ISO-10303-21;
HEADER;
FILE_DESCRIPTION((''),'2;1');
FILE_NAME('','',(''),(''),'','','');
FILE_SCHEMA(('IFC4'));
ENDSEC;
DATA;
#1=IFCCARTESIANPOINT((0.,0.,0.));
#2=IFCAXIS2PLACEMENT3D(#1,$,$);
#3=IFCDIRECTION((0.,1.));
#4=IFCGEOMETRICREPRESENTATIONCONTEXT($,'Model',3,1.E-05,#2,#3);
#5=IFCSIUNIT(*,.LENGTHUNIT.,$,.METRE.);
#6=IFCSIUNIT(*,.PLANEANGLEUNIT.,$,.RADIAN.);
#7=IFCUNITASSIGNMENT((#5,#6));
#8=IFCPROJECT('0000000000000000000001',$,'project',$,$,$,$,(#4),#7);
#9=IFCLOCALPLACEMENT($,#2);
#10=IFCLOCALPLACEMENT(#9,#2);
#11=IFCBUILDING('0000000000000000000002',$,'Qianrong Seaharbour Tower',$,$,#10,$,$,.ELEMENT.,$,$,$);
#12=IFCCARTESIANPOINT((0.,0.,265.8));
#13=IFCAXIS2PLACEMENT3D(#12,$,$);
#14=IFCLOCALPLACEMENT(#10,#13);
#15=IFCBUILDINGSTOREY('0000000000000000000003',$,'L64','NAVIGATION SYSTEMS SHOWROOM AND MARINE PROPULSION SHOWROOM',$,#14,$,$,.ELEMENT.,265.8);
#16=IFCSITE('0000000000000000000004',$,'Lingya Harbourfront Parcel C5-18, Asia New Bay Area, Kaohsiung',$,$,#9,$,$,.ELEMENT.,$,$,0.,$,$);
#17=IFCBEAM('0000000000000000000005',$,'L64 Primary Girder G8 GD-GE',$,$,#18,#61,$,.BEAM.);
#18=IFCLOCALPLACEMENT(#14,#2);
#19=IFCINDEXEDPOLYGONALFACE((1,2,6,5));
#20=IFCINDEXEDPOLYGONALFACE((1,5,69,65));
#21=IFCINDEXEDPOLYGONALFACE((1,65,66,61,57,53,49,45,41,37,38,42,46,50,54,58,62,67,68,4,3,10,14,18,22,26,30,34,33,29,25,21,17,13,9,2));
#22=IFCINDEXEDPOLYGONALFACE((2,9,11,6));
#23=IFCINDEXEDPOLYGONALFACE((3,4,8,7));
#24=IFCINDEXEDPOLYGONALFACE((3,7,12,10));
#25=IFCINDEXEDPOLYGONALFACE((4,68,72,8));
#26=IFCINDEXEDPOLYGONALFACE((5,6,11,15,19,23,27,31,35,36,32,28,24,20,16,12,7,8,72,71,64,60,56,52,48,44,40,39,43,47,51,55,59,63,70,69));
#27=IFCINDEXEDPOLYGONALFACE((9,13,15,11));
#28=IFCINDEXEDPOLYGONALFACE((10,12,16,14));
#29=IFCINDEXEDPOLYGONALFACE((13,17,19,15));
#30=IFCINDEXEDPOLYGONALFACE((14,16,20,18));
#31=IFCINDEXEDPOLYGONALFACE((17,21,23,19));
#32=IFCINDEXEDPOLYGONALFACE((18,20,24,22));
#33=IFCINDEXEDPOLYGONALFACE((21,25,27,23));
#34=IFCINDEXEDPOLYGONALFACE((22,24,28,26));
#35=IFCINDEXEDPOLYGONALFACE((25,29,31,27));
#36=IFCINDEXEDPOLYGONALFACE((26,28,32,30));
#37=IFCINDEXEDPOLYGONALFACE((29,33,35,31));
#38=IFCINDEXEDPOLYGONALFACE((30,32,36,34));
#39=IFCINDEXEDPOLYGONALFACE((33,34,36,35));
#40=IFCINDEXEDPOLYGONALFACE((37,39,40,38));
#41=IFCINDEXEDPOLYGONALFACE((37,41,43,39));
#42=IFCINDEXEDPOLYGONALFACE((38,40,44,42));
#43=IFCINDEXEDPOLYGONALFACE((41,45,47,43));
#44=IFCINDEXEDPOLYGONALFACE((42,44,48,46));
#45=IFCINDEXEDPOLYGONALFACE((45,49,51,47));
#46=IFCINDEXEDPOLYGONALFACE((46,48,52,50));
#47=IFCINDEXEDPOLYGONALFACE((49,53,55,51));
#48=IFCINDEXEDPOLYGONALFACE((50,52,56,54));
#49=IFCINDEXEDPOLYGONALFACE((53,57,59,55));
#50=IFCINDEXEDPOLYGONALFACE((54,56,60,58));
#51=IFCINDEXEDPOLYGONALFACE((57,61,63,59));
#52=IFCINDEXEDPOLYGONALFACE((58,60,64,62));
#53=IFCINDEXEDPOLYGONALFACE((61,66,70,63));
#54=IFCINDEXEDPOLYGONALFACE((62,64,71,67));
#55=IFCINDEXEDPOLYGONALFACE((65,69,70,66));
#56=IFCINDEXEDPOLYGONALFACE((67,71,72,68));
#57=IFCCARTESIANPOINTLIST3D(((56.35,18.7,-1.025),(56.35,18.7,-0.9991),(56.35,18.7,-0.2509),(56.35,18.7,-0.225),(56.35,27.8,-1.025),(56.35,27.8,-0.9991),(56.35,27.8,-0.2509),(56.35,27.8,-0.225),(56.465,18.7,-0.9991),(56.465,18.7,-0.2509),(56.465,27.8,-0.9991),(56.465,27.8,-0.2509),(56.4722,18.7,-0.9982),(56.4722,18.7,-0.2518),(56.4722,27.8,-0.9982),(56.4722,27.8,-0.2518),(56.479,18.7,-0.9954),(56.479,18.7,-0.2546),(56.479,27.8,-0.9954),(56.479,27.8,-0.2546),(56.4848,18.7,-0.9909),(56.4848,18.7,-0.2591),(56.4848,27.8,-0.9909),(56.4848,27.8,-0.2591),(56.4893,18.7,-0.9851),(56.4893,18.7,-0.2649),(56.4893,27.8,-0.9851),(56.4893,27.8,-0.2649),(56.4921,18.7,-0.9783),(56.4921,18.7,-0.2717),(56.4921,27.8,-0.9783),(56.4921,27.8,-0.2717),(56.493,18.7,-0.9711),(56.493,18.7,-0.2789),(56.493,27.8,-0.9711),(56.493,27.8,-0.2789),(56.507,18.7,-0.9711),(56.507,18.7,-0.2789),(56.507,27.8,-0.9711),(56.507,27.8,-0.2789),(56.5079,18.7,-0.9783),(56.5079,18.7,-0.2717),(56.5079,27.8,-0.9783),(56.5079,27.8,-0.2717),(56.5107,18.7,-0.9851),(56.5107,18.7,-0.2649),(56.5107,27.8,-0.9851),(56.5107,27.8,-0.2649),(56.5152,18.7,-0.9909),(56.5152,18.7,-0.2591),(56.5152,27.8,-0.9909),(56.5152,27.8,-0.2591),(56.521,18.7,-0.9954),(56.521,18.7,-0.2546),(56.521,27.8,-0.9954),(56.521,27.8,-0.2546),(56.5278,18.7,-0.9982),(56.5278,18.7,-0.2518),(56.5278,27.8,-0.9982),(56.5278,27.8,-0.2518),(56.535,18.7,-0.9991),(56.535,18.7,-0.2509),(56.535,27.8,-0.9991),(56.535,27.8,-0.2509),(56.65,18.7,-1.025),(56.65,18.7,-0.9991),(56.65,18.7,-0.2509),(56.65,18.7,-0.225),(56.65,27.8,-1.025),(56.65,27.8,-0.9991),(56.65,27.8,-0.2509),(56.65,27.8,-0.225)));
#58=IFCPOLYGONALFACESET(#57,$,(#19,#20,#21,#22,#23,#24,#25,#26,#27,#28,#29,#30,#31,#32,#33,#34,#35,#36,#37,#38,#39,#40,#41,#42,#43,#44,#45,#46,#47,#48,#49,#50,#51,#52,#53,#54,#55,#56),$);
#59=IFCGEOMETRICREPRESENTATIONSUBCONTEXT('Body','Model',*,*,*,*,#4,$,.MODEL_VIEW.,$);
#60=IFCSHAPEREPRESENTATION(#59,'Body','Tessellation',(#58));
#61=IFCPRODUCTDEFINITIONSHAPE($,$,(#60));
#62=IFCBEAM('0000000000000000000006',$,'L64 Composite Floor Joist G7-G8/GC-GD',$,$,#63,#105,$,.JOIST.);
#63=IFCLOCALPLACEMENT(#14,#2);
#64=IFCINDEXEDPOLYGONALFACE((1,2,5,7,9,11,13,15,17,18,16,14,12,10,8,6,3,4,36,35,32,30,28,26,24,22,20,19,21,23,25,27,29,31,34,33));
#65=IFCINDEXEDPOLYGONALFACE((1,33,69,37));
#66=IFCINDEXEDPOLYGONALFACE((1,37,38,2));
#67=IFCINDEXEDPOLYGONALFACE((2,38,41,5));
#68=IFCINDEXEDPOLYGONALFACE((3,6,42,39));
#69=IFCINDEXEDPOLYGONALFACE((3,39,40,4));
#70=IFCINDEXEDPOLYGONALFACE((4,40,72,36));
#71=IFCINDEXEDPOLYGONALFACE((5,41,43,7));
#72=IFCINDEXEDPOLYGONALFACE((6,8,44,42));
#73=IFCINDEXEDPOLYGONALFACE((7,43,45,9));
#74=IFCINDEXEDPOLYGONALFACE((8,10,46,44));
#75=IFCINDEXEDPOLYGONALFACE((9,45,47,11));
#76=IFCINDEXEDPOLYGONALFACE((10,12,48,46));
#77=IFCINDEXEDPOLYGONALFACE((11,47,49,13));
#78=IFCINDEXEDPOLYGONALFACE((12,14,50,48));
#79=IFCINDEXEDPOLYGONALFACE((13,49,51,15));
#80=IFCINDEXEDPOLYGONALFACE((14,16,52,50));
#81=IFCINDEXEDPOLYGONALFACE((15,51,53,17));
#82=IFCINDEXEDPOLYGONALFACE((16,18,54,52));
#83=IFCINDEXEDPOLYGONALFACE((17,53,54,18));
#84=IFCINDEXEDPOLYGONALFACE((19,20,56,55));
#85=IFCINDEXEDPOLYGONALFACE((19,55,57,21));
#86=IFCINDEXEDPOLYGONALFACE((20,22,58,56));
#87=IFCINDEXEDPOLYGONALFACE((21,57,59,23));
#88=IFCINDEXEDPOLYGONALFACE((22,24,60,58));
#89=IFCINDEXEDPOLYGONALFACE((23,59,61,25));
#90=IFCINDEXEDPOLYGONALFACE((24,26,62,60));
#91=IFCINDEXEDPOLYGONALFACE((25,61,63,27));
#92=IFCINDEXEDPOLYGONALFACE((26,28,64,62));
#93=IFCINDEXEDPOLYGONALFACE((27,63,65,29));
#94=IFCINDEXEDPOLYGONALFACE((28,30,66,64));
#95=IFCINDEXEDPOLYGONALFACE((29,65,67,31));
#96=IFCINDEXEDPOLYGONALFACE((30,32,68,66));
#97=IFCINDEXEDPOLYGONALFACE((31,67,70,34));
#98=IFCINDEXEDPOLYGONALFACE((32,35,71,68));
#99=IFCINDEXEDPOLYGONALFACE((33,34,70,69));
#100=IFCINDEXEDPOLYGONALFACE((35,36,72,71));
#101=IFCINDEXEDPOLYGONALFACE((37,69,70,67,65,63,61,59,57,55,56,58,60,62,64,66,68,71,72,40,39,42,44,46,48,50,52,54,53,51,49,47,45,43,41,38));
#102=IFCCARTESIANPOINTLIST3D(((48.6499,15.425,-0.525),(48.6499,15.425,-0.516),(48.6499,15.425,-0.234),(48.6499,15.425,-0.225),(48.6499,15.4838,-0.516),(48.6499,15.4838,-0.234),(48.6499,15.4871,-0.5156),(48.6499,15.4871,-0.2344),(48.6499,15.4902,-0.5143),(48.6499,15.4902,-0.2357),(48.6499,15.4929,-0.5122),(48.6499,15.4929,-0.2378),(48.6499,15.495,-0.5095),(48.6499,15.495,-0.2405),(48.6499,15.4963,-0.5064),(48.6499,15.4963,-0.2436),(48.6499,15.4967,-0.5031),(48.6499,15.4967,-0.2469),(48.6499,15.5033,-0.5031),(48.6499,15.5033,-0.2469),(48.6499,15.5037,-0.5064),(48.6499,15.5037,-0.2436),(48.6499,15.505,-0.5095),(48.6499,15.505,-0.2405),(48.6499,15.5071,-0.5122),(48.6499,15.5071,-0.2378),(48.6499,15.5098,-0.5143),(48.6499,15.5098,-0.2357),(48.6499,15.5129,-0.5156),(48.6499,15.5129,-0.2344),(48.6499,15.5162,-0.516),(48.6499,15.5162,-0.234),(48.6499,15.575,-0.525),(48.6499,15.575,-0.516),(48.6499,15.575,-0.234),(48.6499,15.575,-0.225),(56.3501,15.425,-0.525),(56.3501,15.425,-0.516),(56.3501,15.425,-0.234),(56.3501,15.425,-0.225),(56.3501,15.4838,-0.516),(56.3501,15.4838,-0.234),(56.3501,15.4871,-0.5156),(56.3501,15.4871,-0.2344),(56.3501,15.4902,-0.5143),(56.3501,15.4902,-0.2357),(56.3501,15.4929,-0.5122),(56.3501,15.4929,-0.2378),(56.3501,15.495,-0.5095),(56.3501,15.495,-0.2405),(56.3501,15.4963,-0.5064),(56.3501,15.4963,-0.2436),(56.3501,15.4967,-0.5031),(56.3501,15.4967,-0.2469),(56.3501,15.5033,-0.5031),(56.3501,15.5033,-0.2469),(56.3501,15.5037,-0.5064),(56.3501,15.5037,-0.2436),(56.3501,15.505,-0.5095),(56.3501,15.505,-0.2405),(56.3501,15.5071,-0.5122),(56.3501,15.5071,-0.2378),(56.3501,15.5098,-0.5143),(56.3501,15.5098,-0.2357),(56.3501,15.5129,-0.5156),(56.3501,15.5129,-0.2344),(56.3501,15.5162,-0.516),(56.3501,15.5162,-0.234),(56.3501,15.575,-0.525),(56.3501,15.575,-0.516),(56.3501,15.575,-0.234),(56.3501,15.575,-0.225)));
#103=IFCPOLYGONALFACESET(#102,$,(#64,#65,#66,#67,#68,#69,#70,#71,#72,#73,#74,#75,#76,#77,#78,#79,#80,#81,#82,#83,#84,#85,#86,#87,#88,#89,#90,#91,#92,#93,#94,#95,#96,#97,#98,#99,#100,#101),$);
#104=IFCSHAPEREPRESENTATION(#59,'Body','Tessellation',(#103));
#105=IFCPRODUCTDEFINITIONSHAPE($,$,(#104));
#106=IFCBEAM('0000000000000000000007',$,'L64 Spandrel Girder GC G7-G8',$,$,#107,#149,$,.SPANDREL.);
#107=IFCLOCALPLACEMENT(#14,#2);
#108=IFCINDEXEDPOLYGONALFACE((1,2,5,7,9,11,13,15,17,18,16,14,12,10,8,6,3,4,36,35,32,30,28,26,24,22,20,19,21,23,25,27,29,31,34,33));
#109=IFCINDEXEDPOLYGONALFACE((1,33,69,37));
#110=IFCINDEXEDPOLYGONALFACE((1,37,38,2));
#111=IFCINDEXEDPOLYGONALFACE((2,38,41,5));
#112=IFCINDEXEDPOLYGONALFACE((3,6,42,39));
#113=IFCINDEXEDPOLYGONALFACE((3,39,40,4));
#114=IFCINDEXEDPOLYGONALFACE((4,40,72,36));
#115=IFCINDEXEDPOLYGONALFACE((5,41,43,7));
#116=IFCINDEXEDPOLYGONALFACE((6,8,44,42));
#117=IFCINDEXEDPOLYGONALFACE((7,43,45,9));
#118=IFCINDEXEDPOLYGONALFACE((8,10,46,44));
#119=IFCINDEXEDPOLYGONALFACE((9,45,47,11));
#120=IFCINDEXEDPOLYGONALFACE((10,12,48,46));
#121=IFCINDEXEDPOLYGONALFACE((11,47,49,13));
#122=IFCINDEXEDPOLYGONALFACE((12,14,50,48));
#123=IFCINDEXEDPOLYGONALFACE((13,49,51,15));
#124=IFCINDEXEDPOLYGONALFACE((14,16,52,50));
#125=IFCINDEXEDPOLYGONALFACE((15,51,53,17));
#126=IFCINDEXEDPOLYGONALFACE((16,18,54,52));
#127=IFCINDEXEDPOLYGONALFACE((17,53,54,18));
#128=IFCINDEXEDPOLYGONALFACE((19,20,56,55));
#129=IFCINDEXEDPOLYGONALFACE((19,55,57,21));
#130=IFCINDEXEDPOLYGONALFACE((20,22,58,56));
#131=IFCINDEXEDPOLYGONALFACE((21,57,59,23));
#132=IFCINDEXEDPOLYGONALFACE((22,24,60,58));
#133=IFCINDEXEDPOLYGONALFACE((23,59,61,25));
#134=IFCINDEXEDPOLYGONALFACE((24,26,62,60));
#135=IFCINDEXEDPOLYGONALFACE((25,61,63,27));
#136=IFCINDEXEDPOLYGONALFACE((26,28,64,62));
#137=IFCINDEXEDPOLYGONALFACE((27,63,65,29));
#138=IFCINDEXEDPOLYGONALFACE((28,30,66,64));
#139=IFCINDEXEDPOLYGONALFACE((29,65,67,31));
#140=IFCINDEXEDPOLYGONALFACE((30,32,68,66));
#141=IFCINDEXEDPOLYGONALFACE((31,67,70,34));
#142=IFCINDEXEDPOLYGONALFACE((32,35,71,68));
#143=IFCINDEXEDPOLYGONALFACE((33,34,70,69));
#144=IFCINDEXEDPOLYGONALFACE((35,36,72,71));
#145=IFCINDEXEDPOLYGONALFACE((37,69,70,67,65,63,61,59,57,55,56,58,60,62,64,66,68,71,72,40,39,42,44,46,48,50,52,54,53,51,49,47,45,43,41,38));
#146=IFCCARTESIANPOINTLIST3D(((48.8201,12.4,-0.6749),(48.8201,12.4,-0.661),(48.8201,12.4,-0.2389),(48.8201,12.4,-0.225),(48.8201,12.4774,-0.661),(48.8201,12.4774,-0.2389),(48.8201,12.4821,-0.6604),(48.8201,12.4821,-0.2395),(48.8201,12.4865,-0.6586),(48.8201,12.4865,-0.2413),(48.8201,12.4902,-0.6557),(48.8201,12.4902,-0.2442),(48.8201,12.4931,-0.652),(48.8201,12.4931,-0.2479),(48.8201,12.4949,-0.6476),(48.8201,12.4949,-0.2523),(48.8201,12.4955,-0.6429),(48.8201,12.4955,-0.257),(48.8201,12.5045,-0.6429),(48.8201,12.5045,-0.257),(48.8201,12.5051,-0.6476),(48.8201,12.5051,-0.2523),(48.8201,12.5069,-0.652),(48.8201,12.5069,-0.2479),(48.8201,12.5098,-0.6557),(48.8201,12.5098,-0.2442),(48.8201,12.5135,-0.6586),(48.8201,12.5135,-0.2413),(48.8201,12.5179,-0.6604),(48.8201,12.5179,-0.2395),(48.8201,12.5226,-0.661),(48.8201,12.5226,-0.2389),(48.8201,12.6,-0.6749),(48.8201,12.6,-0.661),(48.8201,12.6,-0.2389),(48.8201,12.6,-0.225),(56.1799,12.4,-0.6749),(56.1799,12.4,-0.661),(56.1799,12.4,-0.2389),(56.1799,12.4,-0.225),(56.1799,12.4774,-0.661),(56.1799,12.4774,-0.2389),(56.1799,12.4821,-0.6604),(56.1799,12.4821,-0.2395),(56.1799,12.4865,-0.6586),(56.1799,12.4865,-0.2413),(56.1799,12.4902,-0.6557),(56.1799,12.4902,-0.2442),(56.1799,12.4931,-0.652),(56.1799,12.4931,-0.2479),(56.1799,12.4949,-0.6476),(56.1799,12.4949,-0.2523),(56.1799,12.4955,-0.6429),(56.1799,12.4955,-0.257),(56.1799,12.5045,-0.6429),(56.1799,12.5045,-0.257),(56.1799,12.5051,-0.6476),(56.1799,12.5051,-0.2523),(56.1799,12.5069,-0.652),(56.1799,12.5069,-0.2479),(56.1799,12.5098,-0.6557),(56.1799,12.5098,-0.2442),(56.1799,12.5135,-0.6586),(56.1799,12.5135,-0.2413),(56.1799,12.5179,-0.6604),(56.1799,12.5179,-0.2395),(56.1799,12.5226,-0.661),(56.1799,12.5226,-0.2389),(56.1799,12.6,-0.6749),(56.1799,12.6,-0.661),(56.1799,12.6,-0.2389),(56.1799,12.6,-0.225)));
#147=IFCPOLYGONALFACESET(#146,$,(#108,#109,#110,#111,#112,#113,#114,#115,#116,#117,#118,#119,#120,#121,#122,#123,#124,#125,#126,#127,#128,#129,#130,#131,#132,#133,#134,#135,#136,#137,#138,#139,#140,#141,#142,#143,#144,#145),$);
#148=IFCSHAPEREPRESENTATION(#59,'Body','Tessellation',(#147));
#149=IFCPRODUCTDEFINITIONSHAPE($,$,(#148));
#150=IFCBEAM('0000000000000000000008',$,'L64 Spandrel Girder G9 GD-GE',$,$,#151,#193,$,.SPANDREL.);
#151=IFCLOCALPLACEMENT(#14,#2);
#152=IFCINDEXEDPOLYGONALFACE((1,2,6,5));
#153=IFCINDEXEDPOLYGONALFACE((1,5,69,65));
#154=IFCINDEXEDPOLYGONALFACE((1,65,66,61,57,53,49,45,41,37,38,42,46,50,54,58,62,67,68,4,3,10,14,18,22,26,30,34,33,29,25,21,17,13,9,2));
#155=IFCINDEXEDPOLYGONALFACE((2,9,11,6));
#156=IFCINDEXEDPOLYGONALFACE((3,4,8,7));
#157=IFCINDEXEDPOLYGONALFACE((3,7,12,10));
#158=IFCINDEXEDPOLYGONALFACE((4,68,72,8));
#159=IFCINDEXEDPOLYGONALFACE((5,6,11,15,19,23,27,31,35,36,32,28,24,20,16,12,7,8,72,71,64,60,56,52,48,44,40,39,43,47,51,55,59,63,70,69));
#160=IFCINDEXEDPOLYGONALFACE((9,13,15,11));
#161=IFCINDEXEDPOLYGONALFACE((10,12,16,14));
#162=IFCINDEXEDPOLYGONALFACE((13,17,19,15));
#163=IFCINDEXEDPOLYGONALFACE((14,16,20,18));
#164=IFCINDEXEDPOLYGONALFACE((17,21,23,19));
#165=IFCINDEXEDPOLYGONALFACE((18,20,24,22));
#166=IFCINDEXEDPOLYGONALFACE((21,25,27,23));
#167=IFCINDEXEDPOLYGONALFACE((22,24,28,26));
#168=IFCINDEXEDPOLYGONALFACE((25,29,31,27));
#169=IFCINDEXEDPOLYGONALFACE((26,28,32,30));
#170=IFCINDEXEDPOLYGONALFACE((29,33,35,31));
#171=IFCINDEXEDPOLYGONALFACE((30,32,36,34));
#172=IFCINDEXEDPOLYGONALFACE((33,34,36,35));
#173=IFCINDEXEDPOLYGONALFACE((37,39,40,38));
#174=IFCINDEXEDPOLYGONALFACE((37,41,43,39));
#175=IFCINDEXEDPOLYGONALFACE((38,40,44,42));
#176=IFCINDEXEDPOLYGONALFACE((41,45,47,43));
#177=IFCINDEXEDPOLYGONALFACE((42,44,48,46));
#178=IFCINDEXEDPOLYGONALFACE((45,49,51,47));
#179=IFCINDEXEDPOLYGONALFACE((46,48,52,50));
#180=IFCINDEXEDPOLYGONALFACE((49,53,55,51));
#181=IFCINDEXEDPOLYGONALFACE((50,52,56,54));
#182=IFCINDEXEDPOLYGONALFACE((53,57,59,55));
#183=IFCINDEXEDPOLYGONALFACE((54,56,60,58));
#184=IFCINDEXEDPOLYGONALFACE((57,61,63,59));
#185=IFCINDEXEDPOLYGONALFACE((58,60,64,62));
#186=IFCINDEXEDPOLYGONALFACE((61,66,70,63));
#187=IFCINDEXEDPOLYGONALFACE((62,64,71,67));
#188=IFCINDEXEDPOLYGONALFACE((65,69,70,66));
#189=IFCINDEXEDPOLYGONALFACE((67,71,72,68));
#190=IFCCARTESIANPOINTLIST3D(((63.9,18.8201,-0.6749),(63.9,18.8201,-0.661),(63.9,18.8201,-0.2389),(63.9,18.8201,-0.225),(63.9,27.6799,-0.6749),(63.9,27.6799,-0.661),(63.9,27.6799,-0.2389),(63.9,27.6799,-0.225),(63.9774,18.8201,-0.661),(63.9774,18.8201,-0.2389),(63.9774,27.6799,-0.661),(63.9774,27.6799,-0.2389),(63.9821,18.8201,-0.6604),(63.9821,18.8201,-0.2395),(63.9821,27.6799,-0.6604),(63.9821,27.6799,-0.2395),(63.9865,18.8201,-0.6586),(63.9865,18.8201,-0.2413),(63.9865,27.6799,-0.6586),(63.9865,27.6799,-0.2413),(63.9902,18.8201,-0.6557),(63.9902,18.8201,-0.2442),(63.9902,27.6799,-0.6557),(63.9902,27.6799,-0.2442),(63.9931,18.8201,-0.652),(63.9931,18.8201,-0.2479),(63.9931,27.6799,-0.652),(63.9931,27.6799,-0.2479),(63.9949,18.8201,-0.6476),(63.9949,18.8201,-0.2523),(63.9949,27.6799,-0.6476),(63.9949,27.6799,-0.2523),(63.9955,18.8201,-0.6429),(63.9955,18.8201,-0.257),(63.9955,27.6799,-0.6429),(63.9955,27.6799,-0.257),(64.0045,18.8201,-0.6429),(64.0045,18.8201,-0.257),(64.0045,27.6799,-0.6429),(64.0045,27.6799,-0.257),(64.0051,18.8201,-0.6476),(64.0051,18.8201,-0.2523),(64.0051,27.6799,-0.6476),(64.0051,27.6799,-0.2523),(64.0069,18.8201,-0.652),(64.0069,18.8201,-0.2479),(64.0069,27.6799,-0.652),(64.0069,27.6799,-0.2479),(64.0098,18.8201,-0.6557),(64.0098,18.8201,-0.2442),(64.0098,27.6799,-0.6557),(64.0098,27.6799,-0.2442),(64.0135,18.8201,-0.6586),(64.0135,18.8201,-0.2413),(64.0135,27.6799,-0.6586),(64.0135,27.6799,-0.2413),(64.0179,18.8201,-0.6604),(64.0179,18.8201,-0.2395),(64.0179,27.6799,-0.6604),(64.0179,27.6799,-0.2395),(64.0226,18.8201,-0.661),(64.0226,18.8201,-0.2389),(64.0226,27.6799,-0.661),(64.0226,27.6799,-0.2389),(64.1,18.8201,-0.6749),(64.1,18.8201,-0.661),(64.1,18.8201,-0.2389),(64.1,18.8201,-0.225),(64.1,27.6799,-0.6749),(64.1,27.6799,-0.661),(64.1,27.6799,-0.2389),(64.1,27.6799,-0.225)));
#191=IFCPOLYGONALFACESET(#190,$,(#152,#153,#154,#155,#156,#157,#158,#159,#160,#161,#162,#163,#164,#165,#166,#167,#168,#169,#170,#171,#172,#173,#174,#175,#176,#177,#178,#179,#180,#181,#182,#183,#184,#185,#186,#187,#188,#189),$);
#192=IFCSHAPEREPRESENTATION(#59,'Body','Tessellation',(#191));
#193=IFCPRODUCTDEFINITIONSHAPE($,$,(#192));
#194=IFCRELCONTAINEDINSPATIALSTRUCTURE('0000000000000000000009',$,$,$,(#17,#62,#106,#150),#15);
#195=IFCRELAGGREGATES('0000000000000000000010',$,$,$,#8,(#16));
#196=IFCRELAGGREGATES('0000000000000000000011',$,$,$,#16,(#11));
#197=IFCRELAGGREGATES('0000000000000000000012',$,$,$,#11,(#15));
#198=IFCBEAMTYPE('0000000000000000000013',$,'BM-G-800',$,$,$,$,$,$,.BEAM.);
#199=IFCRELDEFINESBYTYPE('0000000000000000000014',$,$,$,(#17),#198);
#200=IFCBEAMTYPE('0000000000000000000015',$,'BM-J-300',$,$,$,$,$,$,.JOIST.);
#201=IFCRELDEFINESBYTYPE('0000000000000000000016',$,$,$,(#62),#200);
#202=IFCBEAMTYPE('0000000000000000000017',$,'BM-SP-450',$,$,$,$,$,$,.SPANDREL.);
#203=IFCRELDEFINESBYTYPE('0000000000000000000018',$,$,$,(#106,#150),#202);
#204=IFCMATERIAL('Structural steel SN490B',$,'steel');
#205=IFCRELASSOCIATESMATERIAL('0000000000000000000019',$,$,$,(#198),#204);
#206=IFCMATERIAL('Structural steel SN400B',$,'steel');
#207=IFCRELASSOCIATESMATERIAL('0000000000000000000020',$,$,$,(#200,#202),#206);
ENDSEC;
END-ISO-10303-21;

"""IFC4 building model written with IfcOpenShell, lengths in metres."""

from ifc_helpers import new_model, si_unit, direction, frame, origin, origin_2d, place, context, subcontext, project, spatial, i_section, extrude, material, material_profile, profile_set, type_object, element, save


model = new_model("IFC4")

# Units and contexts
model_context = context("Model", 3, precision=1e-05, world=origin(), true_north=direction((0.0, 1.0)))
body_context = subcontext(model_context, "Body", "Model", "MODEL_VIEW")
ifc_project = project(units=[si_unit("LENGTHUNIT", "METRE"), si_unit("PLANEANGLEUNIT", "RADIAN")], contexts=[model_context])

# Site, building, storey
site_placement = place(None, origin())
site = spatial("IfcSite", under=ifc_project, at=site_placement, Name="Lingya Harbourfront Parcel C5-18, Asia New Bay Area, Kaohsiung", CompositionType="ELEMENT", RefElevation=0.0)
building_placement = place(site_placement, origin())
building = spatial("IfcBuilding", under=site, at=building_placement, Name="Qianrong Seaharbour Tower", CompositionType="ELEMENT")
storey_placement = place(building_placement, frame((0.0, 0.0, 265.8)))
storey = spatial("IfcBuildingStorey", under=building, at=storey_placement, Name="L64", Description="NAVIGATION SYSTEMS SHOWROOM AND MARINE PROPULSION SHOWROOM", CompositionType="ELEMENT", Elevation=265.8)

# Shared definitions
ifc_material_1 = material(Name="Structural steel SN490B", Category="steel")

# Beams
ifc_material_profile_1 = material_profile(ifc_material_1, i_section(OverallWidth=0.3, OverallDepth=0.8, WebThickness=0.0139, FlangeThickness=0.0259, FilletRadius=0.0281, at=origin_2d()), Name="H800x300x14x26")
ifc_profile_set_1 = profile_set([ifc_material_profile_1], Name="Structural steel SN490B")
beam_type_1 = type_object("IfcBeamType", Name="BM-G-800", PredefinedType="BEAM", material=ifc_profile_set_1)
for number, where, z_axis, x_axis, name in (
    (1, (56.5, 18.7, -0.625), (0.0, 1.0, 0.0), (-1.0, 0.0, 0.0), "L64 Primary Girder G8 GD-GE"),
):
    element("IfcBeam", number, at=place(storey_placement, frame(where, z_axis=z_axis, x_axis=x_axis)), inside=storey, type_object=beam_type_1, Name=name, PredefinedType="BEAM", context=body_context, shape_type="SweptSolid", body=[
        extrude(i_section(OverallWidth=0.3, OverallDepth=0.8, WebThickness=0.0139, FlangeThickness=0.0259, FilletRadius=0.0281, at=origin_2d()), origin(), (0.0, 0.0, 1.0), 9.1001),
    ])
ifc_material_2 = material(Name="Structural steel SN400B", Category="steel")
ifc_material_profile_2 = material_profile(ifc_material_2, i_section(OverallWidth=0.1499, OverallDepth=0.3, WebThickness=0.0066, FlangeThickness=0.009, FilletRadius=0.0129, at=origin_2d()), Name="H300x150x6.5x9")
ifc_profile_set_2 = profile_set([ifc_material_profile_2], Name="Structural steel SN400B")
beam_type_2 = type_object("IfcBeamType", Name="BM-J-300", PredefinedType="JOIST", material=ifc_profile_set_2)
beam_1_placement = place(storey_placement, frame((48.6499, 15.5, -0.375), z_axis=(1.0, 0.0, 0.0), x_axis=(0.0, 1.0, 0.0)))
element("IfcBeam", 2, at=beam_1_placement, inside=storey, type_object=beam_type_2, Name="L64 Composite Floor Joist G7-G8/GC-GD", PredefinedType="JOIST", context=body_context, shape_type="SweptSolid", body=[
    extrude(i_section(OverallWidth=0.1499, OverallDepth=0.3, WebThickness=0.0066, FlangeThickness=0.009, FilletRadius=0.0129, at=origin_2d()), origin(), (0.0, 0.0, 1.0), 7.7002),
])
ifc_material_profile_3 = material_profile(ifc_material_2, i_section(OverallWidth=0.2, OverallDepth=0.45, WebThickness=0.009, FlangeThickness=0.0139, FilletRadius=0.0181, at=origin_2d()), Name="H450x200x9x14")
ifc_profile_set_3 = profile_set([ifc_material_profile_3], Name="Structural steel SN400B")
beam_type_3 = type_object("IfcBeamType", Name="BM-SP-450", PredefinedType="SPANDREL", material=ifc_profile_set_3)
beam_2_placement = place(storey_placement, frame((48.8201, 12.5, -0.45), z_axis=(1.0, 0.0, 0.0), x_axis=(0.0, 1.0, 0.0)))
element("IfcBeam", 3, at=beam_2_placement, inside=storey, type_object=beam_type_3, Name="L64 Spandrel Girder GC G7-G8", PredefinedType="SPANDREL", context=body_context, shape_type="SweptSolid", body=[
    extrude(i_section(OverallWidth=0.2, OverallDepth=0.45, WebThickness=0.009, FlangeThickness=0.0139, FilletRadius=0.0181, at=origin_2d()), origin(), (0.0, 0.0, 1.0), 7.3599),
])
beam_3_placement = place(storey_placement, frame((64.0, 18.8201, -0.45), z_axis=(0.0, 1.0, 0.0), x_axis=(-1.0, 0.0, 0.0)))
element("IfcBeam", 4, at=beam_3_placement, inside=storey, type_object=beam_type_3, Name="L64 Spandrel Girder G9 GD-GE", PredefinedType="SPANDREL", context=body_context, shape_type="SweptSolid", body=[
    extrude(i_section(OverallWidth=0.2, OverallDepth=0.45, WebThickness=0.009, FlangeThickness=0.0139, FilletRadius=0.0181, at=origin_2d()), origin(), (0.0, 0.0, 1.0), 8.8599),
])

save(model, "model.ifc")
